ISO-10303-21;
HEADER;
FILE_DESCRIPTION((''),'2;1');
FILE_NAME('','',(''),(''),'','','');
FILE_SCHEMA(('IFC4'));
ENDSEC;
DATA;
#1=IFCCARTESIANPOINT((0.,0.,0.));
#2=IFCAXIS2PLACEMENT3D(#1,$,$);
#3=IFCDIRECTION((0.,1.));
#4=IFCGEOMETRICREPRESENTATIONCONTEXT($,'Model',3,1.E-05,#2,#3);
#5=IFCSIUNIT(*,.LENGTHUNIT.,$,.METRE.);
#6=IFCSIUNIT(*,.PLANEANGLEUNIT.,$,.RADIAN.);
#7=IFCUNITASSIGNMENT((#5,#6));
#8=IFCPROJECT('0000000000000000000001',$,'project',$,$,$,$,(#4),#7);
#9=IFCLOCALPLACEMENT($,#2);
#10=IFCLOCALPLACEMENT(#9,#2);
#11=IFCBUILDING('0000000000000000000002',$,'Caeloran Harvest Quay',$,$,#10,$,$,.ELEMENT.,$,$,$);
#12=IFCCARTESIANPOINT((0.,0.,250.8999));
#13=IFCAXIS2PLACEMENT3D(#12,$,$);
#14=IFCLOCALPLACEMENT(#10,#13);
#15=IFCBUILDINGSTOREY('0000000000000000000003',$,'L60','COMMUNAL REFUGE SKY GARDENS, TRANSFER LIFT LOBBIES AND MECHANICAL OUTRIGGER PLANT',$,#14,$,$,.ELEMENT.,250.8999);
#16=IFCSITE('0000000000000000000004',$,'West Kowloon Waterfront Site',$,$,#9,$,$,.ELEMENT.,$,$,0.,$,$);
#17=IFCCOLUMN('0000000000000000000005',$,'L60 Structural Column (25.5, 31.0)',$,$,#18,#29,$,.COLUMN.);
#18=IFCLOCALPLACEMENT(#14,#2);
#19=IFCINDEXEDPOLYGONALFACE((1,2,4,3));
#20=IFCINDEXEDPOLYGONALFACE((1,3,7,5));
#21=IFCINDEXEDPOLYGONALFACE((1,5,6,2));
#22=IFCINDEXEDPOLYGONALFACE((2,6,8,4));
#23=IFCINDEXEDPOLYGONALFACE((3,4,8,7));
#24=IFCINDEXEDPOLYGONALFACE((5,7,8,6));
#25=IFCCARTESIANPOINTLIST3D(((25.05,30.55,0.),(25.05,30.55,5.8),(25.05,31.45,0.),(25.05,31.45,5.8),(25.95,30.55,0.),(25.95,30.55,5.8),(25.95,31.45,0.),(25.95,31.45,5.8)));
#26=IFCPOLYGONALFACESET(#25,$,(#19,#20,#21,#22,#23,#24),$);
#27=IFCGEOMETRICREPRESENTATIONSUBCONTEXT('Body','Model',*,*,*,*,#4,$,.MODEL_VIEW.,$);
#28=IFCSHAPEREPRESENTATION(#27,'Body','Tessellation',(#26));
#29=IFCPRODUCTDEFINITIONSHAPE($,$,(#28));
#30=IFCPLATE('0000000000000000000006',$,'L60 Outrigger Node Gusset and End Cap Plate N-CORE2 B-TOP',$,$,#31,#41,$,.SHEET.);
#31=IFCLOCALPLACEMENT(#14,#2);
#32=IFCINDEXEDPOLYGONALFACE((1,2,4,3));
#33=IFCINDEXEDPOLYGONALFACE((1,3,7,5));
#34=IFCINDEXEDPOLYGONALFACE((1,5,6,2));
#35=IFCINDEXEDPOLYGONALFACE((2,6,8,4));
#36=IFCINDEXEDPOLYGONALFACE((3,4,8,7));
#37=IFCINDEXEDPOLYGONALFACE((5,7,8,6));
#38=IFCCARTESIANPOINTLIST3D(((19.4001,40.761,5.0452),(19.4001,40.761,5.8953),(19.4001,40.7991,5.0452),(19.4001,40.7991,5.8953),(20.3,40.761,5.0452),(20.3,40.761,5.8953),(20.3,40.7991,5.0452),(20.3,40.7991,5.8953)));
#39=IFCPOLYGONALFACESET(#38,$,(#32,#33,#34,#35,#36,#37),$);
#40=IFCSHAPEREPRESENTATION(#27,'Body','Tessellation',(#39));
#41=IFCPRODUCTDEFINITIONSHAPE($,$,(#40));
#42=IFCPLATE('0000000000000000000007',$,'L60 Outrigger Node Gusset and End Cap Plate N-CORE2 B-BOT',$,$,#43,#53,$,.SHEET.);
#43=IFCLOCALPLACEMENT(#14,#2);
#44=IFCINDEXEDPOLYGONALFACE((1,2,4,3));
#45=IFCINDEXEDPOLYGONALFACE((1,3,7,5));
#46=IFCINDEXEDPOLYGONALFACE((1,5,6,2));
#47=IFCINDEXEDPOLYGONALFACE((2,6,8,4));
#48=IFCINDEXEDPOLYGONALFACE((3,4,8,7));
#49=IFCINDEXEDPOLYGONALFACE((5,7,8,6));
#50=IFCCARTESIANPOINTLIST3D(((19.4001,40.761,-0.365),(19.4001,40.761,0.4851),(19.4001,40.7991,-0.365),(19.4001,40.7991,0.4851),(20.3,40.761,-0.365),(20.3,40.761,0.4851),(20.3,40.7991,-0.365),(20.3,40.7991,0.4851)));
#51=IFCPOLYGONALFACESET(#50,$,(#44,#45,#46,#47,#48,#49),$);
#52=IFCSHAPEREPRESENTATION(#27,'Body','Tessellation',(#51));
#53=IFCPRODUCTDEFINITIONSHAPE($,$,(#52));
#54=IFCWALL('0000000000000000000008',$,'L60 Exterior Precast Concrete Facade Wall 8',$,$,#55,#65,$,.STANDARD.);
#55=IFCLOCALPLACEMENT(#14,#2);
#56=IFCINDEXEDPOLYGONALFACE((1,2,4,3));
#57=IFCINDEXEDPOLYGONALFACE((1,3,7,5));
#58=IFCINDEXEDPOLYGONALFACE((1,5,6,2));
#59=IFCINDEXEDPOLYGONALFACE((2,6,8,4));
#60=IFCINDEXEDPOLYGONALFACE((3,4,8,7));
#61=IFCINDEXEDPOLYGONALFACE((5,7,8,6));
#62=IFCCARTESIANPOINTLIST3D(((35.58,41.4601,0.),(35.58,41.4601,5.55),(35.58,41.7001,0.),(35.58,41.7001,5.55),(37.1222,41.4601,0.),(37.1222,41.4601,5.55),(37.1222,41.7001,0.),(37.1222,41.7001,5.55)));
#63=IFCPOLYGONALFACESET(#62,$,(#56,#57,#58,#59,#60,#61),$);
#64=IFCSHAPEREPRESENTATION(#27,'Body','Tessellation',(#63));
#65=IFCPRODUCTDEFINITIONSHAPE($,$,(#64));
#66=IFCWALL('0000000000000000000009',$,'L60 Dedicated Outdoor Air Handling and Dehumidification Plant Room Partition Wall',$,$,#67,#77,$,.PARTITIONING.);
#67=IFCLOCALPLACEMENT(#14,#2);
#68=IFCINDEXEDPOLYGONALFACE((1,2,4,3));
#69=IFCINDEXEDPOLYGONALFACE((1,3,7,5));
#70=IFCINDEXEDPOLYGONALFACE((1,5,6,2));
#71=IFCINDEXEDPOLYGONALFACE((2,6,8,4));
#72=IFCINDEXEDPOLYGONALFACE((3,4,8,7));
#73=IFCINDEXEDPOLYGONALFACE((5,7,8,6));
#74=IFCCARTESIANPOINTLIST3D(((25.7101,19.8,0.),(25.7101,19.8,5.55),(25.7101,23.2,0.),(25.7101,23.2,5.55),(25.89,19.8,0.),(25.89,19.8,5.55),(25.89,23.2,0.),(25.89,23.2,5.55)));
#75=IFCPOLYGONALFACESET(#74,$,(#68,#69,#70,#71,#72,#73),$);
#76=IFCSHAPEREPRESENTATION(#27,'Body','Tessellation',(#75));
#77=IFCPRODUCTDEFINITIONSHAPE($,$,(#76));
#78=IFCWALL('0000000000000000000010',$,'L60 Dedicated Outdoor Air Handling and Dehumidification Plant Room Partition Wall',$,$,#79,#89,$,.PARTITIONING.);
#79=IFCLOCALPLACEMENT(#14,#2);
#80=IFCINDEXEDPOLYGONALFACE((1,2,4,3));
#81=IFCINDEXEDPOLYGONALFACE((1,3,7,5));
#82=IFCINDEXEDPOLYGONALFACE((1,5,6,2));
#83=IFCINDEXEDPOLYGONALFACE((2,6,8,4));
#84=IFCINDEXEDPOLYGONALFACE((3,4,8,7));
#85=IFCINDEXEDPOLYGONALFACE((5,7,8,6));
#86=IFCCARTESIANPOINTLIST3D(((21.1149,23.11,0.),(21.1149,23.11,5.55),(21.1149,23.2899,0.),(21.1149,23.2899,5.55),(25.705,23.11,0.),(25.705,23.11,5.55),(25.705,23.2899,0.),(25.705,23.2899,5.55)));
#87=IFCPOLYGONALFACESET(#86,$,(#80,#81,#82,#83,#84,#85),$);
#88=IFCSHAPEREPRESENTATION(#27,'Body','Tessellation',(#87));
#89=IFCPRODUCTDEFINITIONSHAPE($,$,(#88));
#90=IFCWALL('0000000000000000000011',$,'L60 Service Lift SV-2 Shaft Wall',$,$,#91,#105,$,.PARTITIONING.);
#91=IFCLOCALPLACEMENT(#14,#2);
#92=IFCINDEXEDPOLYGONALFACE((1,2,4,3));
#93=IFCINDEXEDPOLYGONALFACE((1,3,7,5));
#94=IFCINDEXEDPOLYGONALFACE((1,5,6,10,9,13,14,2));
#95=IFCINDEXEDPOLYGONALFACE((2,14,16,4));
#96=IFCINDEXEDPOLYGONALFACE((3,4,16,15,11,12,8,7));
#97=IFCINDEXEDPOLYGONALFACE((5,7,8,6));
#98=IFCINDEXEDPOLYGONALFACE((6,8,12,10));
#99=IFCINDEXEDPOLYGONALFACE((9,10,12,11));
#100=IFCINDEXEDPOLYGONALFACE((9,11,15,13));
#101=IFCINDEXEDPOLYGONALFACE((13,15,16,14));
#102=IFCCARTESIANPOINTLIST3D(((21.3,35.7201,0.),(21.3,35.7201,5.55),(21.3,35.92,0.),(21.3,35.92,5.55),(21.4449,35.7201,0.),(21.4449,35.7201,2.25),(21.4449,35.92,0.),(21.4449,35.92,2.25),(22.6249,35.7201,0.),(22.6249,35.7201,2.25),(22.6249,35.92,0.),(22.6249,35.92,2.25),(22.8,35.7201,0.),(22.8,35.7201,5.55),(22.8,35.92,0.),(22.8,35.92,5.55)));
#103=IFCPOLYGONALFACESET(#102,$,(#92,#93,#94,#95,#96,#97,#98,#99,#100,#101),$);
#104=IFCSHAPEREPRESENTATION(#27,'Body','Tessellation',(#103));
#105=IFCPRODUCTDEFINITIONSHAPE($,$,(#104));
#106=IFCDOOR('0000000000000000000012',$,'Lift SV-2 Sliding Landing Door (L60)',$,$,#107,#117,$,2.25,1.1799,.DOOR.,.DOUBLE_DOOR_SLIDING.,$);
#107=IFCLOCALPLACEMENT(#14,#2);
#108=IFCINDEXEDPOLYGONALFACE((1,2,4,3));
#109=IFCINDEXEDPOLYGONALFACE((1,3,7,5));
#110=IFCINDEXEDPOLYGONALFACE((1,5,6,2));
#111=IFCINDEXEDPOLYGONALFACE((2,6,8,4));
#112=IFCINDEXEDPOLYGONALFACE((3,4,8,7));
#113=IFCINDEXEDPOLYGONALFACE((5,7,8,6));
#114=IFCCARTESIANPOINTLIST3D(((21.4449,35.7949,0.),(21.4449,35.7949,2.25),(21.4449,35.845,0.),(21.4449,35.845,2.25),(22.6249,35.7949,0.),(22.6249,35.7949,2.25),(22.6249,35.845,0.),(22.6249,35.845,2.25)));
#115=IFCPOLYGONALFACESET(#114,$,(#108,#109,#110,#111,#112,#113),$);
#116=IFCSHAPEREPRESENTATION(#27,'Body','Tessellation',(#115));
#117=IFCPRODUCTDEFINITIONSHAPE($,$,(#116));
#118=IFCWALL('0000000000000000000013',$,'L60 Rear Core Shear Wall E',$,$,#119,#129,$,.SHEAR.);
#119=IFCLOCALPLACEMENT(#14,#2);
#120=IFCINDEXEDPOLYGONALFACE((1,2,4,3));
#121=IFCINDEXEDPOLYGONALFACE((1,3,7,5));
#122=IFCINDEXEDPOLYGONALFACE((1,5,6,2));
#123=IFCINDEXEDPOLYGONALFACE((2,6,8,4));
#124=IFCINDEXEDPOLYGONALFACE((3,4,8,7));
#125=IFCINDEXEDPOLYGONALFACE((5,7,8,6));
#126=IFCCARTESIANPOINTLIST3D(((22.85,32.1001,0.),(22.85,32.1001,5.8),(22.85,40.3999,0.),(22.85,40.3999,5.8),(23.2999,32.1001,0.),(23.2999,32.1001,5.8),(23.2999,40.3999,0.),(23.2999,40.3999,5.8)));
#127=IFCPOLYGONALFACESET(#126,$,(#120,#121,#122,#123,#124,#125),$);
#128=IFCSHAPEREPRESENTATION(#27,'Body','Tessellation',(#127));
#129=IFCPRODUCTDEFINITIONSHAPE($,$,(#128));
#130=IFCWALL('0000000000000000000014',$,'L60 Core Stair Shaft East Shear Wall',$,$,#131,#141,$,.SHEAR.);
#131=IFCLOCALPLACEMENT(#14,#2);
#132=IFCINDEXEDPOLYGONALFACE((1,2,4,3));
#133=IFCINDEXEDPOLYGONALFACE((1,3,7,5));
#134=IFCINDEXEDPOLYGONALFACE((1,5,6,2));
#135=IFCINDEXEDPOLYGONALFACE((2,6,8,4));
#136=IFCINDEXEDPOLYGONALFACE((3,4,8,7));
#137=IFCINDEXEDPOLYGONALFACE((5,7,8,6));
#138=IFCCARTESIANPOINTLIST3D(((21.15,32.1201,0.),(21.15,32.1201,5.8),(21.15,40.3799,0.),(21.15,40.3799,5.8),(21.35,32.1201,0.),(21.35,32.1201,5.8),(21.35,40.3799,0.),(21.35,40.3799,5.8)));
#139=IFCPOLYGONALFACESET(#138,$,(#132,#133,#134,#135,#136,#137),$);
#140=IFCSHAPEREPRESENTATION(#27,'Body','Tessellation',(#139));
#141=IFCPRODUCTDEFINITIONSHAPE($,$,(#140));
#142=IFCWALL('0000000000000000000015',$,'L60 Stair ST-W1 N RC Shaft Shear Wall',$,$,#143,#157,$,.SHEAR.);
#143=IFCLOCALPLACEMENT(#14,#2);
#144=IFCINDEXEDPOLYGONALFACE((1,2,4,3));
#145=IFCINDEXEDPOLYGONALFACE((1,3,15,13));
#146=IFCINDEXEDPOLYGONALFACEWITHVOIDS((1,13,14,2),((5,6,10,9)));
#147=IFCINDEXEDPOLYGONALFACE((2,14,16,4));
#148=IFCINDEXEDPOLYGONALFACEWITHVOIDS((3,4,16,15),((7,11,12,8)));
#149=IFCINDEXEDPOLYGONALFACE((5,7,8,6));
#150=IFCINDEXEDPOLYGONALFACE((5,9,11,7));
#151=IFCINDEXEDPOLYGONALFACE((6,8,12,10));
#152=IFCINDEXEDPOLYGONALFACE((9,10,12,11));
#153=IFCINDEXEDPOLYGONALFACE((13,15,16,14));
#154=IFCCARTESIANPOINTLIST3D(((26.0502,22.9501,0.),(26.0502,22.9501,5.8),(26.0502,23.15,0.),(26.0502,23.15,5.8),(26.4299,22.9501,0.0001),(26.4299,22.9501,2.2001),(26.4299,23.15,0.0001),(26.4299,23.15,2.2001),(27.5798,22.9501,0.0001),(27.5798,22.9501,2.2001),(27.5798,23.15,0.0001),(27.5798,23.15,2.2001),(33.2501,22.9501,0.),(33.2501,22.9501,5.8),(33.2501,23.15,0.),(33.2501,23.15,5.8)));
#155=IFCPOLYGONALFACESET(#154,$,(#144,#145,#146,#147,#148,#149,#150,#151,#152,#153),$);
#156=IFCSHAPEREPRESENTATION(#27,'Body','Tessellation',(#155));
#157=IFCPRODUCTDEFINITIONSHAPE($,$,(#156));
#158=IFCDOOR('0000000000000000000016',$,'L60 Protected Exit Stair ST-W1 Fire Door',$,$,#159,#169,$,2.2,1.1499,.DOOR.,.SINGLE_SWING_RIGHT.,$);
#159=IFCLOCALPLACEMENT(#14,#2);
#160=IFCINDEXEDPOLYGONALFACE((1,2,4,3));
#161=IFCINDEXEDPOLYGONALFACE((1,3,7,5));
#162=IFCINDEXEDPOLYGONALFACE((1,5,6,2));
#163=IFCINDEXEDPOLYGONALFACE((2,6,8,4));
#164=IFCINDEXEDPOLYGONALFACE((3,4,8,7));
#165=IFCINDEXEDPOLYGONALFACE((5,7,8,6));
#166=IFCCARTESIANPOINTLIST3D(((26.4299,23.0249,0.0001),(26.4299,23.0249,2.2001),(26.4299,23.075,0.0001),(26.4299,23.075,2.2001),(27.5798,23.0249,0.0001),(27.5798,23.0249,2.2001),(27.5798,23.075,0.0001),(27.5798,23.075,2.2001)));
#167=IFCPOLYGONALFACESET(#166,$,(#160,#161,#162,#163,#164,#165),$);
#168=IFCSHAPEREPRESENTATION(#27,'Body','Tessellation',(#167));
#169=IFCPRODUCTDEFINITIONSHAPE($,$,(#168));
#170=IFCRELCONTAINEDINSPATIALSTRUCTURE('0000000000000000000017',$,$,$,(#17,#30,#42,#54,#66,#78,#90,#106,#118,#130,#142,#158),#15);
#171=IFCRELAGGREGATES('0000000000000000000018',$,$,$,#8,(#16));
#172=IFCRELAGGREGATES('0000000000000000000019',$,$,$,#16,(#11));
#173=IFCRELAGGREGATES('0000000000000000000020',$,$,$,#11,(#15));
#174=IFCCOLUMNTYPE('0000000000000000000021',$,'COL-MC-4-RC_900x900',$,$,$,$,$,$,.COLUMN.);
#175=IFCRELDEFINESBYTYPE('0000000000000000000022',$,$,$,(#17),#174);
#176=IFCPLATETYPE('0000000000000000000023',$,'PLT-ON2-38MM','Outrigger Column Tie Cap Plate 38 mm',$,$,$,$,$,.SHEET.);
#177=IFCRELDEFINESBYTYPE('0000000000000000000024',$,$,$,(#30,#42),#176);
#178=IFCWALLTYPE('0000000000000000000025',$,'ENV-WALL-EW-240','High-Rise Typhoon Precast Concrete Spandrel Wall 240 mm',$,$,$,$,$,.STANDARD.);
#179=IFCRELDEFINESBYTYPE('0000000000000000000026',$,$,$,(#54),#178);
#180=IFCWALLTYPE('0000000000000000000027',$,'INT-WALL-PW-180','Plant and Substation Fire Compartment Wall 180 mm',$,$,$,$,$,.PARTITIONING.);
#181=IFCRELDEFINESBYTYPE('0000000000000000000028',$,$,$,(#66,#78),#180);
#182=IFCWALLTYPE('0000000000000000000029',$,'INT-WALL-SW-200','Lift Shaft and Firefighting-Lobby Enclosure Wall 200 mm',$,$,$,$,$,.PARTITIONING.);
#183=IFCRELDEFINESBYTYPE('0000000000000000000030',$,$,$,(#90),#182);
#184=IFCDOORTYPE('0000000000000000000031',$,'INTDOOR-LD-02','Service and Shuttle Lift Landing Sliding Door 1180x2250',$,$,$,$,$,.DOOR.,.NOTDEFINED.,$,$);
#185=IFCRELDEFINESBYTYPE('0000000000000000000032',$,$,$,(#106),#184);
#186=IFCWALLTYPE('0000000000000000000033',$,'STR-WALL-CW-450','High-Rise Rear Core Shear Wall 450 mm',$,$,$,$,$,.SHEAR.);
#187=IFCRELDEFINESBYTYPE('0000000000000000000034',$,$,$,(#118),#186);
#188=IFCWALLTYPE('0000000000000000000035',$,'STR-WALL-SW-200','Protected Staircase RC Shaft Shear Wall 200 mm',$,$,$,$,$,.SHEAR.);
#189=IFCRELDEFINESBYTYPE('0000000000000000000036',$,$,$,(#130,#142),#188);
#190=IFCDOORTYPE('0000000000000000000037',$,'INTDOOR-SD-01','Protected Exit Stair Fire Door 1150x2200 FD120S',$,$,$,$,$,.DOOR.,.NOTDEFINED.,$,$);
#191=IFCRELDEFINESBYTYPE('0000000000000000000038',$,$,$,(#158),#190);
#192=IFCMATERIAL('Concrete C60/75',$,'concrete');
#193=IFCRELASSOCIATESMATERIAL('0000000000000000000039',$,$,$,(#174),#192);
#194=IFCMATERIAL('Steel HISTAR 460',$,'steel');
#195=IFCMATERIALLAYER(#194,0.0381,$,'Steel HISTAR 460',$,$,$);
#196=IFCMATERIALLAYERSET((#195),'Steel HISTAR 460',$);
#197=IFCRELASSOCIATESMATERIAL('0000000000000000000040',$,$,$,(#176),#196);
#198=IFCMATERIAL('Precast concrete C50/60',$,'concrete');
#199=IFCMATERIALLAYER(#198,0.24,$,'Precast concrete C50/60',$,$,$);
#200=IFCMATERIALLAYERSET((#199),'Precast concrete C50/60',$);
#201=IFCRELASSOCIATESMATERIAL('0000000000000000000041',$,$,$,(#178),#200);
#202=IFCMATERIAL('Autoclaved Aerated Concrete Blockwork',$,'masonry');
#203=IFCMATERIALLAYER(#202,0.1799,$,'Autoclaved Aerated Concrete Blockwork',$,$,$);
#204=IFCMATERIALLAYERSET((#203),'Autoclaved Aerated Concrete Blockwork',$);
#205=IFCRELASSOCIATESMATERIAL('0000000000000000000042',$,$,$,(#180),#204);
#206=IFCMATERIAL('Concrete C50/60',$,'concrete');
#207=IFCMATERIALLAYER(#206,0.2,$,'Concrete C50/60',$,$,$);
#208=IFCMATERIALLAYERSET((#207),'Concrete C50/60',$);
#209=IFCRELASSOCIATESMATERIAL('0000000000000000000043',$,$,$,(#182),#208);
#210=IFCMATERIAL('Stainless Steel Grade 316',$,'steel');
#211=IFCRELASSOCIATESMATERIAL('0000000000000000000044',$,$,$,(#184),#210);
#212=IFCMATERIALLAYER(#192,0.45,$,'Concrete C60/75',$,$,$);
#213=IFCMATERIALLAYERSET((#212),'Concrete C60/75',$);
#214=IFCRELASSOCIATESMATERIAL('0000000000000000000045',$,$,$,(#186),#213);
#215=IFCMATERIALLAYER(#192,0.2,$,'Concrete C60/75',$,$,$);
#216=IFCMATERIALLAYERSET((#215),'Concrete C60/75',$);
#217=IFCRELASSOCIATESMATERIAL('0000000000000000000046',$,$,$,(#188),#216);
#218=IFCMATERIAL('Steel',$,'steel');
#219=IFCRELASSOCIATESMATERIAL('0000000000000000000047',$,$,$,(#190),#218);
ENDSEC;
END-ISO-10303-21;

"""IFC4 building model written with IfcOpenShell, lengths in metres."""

from ifc_helpers import new_model, si_unit, direction, frame, frame_2d, origin, origin_2d, place, context, subcontext, project, spatial, rectangle, extrude, material, layer, layer_set, material_profile, profile_set, type_object, element, fill, save


model = new_model("IFC4")

# Units and contexts
model_context = context("Model", 3, precision=1e-05, world=origin(), true_north=direction((0.0, 1.0)))
body_context = subcontext(model_context, "Body", "Model", "MODEL_VIEW")
ifc_project = project(units=[si_unit("LENGTHUNIT", "METRE"), si_unit("PLANEANGLEUNIT", "RADIAN")], contexts=[model_context])

# Site, building, storey
site_placement = place(None, origin())
site = spatial("IfcSite", under=ifc_project, at=site_placement, Name="West Kowloon Waterfront Site", CompositionType="ELEMENT", RefElevation=0.0)
building_placement = place(site_placement, origin())
building = spatial("IfcBuilding", under=site, at=building_placement, Name="Caeloran Harvest Quay", CompositionType="ELEMENT")
storey_placement = place(building_placement, frame((0.0, 0.0, 250.8999)))
storey = spatial("IfcBuildingStorey", under=building, at=storey_placement, Name="L60", Description="COMMUNAL REFUGE SKY GARDENS, TRANSFER LIFT LOBBIES AND MECHANICAL OUTRIGGER PLANT", CompositionType="ELEMENT", Elevation=250.8999)

# Column
ifc_material_1 = material(Name="Concrete C60/75", Category="concrete")
ifc_material_profile = material_profile(ifc_material_1, rectangle(XDim=0.8999, YDim=0.8999, at=origin_2d()), Name="RC 900x900")
ifc_profile_set = profile_set([ifc_material_profile], Name="Concrete C60/75")
column_type = type_object("IfcColumnType", Name="COL-MC-4-RC_900x900", PredefinedType="COLUMN", material=ifc_profile_set)
column_placement = place(storey_placement, frame((25.5, 31.0, 0.0), z_axis=(0.0, 0.0, 1.0), x_axis=(1.0, 0.0, 0.0)))
element("IfcColumn", 1, at=column_placement, inside=storey, type_object=column_type, Name="L60 Structural Column (25.5, 31.0)", PredefinedType="COLUMN", context=body_context, shape_type="SweptSolid", body=[
    extrude(rectangle(XDim=0.8999, YDim=0.8999, at=origin_2d()), origin(), (0.0, 0.0, 1.0), 5.8),
])

# Plates
ifc_material_2 = material(Name="Steel HISTAR 460", Category="steel")
ifc_layer_1 = layer(ifc_material_2, 0.0381, Name="Steel HISTAR 460")
ifc_layer_set_1 = layer_set([ifc_layer_1], Name="Steel HISTAR 460")
plate_type = type_object("IfcPlateType", Name="PLT-ON2-38MM", Description="Outrigger Column Tie Cap Plate 38 mm", PredefinedType="SHEET", material=ifc_layer_set_1)
for number, where, z_axis, x_axis, name in (
    (2, (19.8501, 40.78, 5.0452), (0.0, 0.0, 1.0), (1.0, 0.0, 0.0), "L60 Outrigger Node Gusset and End Cap Plate N-CORE2 B-TOP"),
    (3, (19.8501, 40.78, -0.365), (0.0, 0.0, 1.0), (1.0, 0.0, 0.0), "L60 Outrigger Node Gusset and End Cap Plate N-CORE2 B-BOT"),
):
    element("IfcPlate", number, at=place(storey_placement, frame(where, z_axis=z_axis, x_axis=x_axis)), inside=storey, type_object=plate_type, Name=name, PredefinedType="SHEET", context=body_context, shape_type="SweptSolid", body=[
        extrude(rectangle(XDim=0.8999, YDim=0.0381, at=origin_2d()), origin(), (0.0, 0.0, 1.0), 0.8501),
    ])

# Walls
ifc_material_3 = material(Name="Precast concrete C50/60", Category="concrete")
ifc_layer_2 = layer(ifc_material_3, 0.24, Name="Precast concrete C50/60")
ifc_layer_set_2 = layer_set([ifc_layer_2], Name="Precast concrete C50/60")
wall_type_1 = type_object("IfcWallType", Name="ENV-WALL-EW-240", Description="High-Rise Typhoon Precast Concrete Spandrel Wall 240 mm", PredefinedType="STANDARD", material=ifc_layer_set_2)
wall_1_placement = place(storey_placement, frame((35.5801, 41.5801, 0.0), z_axis=(0.0, 0.0, 1.0), x_axis=(1.0, 0.0, 0.0)))
element("IfcWall", 4, at=wall_1_placement, inside=storey, type_object=wall_type_1, Name="L60 Exterior Precast Concrete Facade Wall 8", PredefinedType="STANDARD", context=body_context, shape_type="SweptSolid", body=[
    extrude(rectangle(XDim=1.5422, YDim=0.24, at=frame_2d((0.771, 0.0))), origin(), (0.0, 0.0, 1.0), 5.55),
])
ifc_material_4 = material(Name="Autoclaved Aerated Concrete Blockwork", Category="masonry")
ifc_layer_3 = layer(ifc_material_4, 0.1799, Name="Autoclaved Aerated Concrete Blockwork")
ifc_layer_set_3 = layer_set([ifc_layer_3], Name="Autoclaved Aerated Concrete Blockwork")
wall_type_2 = type_object("IfcWallType", Name="INT-WALL-PW-180", Description="Plant and Substation Fire Compartment Wall 180 mm", PredefinedType="PARTITIONING", material=ifc_layer_set_3)
wall_2_placement = place(storey_placement, frame((25.8, 23.2, 0.0), z_axis=(0.0, 0.0, 1.0), x_axis=(0.0, -1.0, 0.0)))
element("IfcWall", 5, at=wall_2_placement, inside=storey, type_object=wall_type_2, Name="L60 Dedicated Outdoor Air Handling and Dehumidification Plant Room Partition Wall", PredefinedType="PARTITIONING", context=body_context, shape_type="SweptSolid", body=[
    extrude(rectangle(XDim=3.3999, YDim=0.1799, at=frame_2d((1.7, 0.0))), origin(), (0.0, 0.0, 1.0), 5.55),
])
wall_3_placement = place(storey_placement, frame((21.115, 23.2, 0.0), z_axis=(0.0, 0.0, 1.0), x_axis=(1.0, 0.0, 0.0)))
element("IfcWall", 6, at=wall_3_placement, inside=storey, type_object=wall_type_2, Name="L60 Dedicated Outdoor Air Handling and Dehumidification Plant Room Partition Wall", PredefinedType="PARTITIONING", context=body_context, shape_type="SweptSolid", body=[
    extrude(rectangle(XDim=4.5901, YDim=0.1799, at=frame_2d((2.2949, 0.0))), origin(), (0.0, 0.0, 1.0), 5.55),
])

# Wall, opening, door
ifc_material_5 = material(Name="Concrete C50/60", Category="concrete")
ifc_layer_4 = layer(ifc_material_5, 0.2, Name="Concrete C50/60")
ifc_layer_set_4 = layer_set([ifc_layer_4], Name="Concrete C50/60")
wall_type_3 = type_object("IfcWallType", Name="INT-WALL-SW-200", Description="Lift Shaft and Firefighting-Lobby Enclosure Wall 200 mm", PredefinedType="PARTITIONING", material=ifc_layer_set_4)
wall_4_placement = place(storey_placement, frame((21.3, 35.8201, 0.0), z_axis=(0.0, 0.0, 1.0), x_axis=(1.0, 0.0, 0.0)))
wall_4 = element("IfcWall", 7, at=wall_4_placement, inside=storey, type_object=wall_type_3, Name="L60 Service Lift SV-2 Shaft Wall", PredefinedType="PARTITIONING", context=body_context, shape_type="SweptSolid", body=[
    extrude(rectangle(XDim=1.5, YDim=0.2, at=frame_2d((0.75, 0.0))), origin(), (0.0, 0.0, 1.0), 5.55),
])
opening_1_placement = place(wall_4_placement, frame((0.145, 0.0, 0.0)))
opening_1 = element("IfcOpeningElement", 8, at=opening_1_placement, cuts=wall_4, PredefinedType="OPENING", context=body_context, shape_type="SweptSolid", body=[
    extrude(rectangle(XDim=1.1799, YDim=2.25, at=frame_2d((0.5898, 1.125))), frame((0.0, 0.1099, 0.0), z_axis=(0.0, -1.0, 0.0), x_axis=(1.0, 0.0, 0.0)), (0.0, 0.0, 1.0), 0.22),
])
ifc_material_6 = material(Name="Stainless Steel Grade 316", Category="steel")
door_type_1 = type_object("IfcDoorType", Name="INTDOOR-LD-02", Description="Service and Shuttle Lift Landing Sliding Door 1180x2250", OperationType="NOTDEFINED", PredefinedType="DOOR", material=ifc_material_6)
door_1_placement = place(opening_1_placement, origin())
door_1 = element("IfcDoor", 9, at=door_1_placement, inside=storey, type_object=door_type_1, Name="Lift SV-2 Sliding Landing Door (L60)", OperationType="DOUBLE_DOOR_SLIDING", OverallHeight=2.25, OverallWidth=1.1799, PredefinedType="DOOR", context=body_context, shape_type="SweptSolid", body=[
    extrude(rectangle(XDim=1.1799, YDim=2.25, at=frame_2d((0.5898, 1.125))), frame((0.0, 0.0249, 0.0), z_axis=(0.0, -1.0, 0.0), x_axis=(1.0, 0.0, 0.0)), (0.0, 0.0, 1.0), 0.05),
])
fill(opening_1, door_1)

# Walls
ifc_layer_5 = layer(ifc_material_1, 0.45, Name="Concrete C60/75")
ifc_layer_set_5 = layer_set([ifc_layer_5], Name="Concrete C60/75")
wall_type_4 = type_object("IfcWallType", Name="STR-WALL-CW-450", Description="High-Rise Rear Core Shear Wall 450 mm", PredefinedType="SHEAR", material=ifc_layer_set_5)
wall_5_placement = place(storey_placement, frame((23.075, 32.1001, 0.0), z_axis=(0.0, 0.0, 1.0), x_axis=(0.0, 1.0, 0.0)))
element("IfcWall", 10, at=wall_5_placement, inside=storey, type_object=wall_type_4, Name="L60 Rear Core Shear Wall E", PredefinedType="SHEAR", context=body_context, shape_type="SweptSolid", body=[
    extrude(rectangle(XDim=8.2998, YDim=0.45, at=frame_2d((4.1499, 0.0))), origin(), (0.0, 0.0, 1.0), 5.8),
])
ifc_layer_6 = layer(ifc_material_1, 0.2, Name="Concrete C60/75")
ifc_layer_set_6 = layer_set([ifc_layer_6], Name="Concrete C60/75")
wall_type_5 = type_object("IfcWallType", Name="STR-WALL-SW-200", Description="Protected Staircase RC Shaft Shear Wall 200 mm", PredefinedType="SHEAR", material=ifc_layer_set_6)
wall_6_placement = place(storey_placement, frame((21.25, 32.1201, 0.0), z_axis=(0.0, 0.0, 1.0), x_axis=(0.0, 1.0, 0.0)))
element("IfcWall", 11, at=wall_6_placement, inside=storey, type_object=wall_type_5, Name="L60 Core Stair Shaft East Shear Wall", PredefinedType="SHEAR", context=body_context, shape_type="SweptSolid", body=[
    extrude(rectangle(XDim=8.2598, YDim=0.2, at=frame_2d((4.1299, 0.0))), origin(), (0.0, 0.0, 1.0), 5.8),
])

# Wall, opening, door
wall_7_placement = place(storey_placement, frame((26.05, 23.05, 0.0), z_axis=(0.0, 0.0, 1.0), x_axis=(1.0, 0.0, 0.0)))
wall_7 = element("IfcWall", 12, at=wall_7_placement, inside=storey, type_object=wall_type_5, Name="L60 Stair ST-W1 N RC Shaft Shear Wall", PredefinedType="SHEAR", context=body_context, shape_type="SweptSolid", body=[
    extrude(rectangle(XDim=7.2, YDim=0.2, at=frame_2d((3.6001, 0.0))), origin(), (0.0, 0.0, 1.0), 5.8),
])
opening_2_placement = place(wall_7_placement, frame((0.3799, 0.0, 0.0)))
opening_2 = element("IfcOpeningElement", 13, at=opening_2_placement, cuts=wall_7, PredefinedType="OPENING", context=body_context, shape_type="SweptSolid", body=[
    extrude(rectangle(XDim=1.1499, YDim=2.2, at=frame_2d((0.575, 1.1001))), frame((0.0, 0.1099, 0.0), z_axis=(0.0, -1.0, 0.0), x_axis=(1.0, 0.0, 0.0)), (0.0, 0.0, 1.0), 0.22),
])
ifc_material_7 = material(Name="Steel", Category="steel")
door_type_2 = type_object("IfcDoorType", Name="INTDOOR-SD-01", Description="Protected Exit Stair Fire Door 1150x2200 FD120S", OperationType="NOTDEFINED", PredefinedType="DOOR", material=ifc_material_7)
door_2_placement = place(opening_2_placement, origin())
door_2 = element("IfcDoor", 14, at=door_2_placement, inside=storey, type_object=door_type_2, Name="L60 Protected Exit Stair ST-W1 Fire Door", OperationType="SINGLE_SWING_RIGHT", OverallHeight=2.2, OverallWidth=1.1499, PredefinedType="DOOR", context=body_context, shape_type="SweptSolid", body=[
    extrude(rectangle(XDim=1.1499, YDim=2.2, at=frame_2d((0.575, 1.1001))), frame((0.0, 0.0249, 0.0), z_axis=(0.0, -1.0, 0.0), x_axis=(1.0, 0.0, 0.0)), (0.0, 0.0, 1.0), 0.05),
])
fill(opening_2, door_2)

save(model, "model.ifc")
